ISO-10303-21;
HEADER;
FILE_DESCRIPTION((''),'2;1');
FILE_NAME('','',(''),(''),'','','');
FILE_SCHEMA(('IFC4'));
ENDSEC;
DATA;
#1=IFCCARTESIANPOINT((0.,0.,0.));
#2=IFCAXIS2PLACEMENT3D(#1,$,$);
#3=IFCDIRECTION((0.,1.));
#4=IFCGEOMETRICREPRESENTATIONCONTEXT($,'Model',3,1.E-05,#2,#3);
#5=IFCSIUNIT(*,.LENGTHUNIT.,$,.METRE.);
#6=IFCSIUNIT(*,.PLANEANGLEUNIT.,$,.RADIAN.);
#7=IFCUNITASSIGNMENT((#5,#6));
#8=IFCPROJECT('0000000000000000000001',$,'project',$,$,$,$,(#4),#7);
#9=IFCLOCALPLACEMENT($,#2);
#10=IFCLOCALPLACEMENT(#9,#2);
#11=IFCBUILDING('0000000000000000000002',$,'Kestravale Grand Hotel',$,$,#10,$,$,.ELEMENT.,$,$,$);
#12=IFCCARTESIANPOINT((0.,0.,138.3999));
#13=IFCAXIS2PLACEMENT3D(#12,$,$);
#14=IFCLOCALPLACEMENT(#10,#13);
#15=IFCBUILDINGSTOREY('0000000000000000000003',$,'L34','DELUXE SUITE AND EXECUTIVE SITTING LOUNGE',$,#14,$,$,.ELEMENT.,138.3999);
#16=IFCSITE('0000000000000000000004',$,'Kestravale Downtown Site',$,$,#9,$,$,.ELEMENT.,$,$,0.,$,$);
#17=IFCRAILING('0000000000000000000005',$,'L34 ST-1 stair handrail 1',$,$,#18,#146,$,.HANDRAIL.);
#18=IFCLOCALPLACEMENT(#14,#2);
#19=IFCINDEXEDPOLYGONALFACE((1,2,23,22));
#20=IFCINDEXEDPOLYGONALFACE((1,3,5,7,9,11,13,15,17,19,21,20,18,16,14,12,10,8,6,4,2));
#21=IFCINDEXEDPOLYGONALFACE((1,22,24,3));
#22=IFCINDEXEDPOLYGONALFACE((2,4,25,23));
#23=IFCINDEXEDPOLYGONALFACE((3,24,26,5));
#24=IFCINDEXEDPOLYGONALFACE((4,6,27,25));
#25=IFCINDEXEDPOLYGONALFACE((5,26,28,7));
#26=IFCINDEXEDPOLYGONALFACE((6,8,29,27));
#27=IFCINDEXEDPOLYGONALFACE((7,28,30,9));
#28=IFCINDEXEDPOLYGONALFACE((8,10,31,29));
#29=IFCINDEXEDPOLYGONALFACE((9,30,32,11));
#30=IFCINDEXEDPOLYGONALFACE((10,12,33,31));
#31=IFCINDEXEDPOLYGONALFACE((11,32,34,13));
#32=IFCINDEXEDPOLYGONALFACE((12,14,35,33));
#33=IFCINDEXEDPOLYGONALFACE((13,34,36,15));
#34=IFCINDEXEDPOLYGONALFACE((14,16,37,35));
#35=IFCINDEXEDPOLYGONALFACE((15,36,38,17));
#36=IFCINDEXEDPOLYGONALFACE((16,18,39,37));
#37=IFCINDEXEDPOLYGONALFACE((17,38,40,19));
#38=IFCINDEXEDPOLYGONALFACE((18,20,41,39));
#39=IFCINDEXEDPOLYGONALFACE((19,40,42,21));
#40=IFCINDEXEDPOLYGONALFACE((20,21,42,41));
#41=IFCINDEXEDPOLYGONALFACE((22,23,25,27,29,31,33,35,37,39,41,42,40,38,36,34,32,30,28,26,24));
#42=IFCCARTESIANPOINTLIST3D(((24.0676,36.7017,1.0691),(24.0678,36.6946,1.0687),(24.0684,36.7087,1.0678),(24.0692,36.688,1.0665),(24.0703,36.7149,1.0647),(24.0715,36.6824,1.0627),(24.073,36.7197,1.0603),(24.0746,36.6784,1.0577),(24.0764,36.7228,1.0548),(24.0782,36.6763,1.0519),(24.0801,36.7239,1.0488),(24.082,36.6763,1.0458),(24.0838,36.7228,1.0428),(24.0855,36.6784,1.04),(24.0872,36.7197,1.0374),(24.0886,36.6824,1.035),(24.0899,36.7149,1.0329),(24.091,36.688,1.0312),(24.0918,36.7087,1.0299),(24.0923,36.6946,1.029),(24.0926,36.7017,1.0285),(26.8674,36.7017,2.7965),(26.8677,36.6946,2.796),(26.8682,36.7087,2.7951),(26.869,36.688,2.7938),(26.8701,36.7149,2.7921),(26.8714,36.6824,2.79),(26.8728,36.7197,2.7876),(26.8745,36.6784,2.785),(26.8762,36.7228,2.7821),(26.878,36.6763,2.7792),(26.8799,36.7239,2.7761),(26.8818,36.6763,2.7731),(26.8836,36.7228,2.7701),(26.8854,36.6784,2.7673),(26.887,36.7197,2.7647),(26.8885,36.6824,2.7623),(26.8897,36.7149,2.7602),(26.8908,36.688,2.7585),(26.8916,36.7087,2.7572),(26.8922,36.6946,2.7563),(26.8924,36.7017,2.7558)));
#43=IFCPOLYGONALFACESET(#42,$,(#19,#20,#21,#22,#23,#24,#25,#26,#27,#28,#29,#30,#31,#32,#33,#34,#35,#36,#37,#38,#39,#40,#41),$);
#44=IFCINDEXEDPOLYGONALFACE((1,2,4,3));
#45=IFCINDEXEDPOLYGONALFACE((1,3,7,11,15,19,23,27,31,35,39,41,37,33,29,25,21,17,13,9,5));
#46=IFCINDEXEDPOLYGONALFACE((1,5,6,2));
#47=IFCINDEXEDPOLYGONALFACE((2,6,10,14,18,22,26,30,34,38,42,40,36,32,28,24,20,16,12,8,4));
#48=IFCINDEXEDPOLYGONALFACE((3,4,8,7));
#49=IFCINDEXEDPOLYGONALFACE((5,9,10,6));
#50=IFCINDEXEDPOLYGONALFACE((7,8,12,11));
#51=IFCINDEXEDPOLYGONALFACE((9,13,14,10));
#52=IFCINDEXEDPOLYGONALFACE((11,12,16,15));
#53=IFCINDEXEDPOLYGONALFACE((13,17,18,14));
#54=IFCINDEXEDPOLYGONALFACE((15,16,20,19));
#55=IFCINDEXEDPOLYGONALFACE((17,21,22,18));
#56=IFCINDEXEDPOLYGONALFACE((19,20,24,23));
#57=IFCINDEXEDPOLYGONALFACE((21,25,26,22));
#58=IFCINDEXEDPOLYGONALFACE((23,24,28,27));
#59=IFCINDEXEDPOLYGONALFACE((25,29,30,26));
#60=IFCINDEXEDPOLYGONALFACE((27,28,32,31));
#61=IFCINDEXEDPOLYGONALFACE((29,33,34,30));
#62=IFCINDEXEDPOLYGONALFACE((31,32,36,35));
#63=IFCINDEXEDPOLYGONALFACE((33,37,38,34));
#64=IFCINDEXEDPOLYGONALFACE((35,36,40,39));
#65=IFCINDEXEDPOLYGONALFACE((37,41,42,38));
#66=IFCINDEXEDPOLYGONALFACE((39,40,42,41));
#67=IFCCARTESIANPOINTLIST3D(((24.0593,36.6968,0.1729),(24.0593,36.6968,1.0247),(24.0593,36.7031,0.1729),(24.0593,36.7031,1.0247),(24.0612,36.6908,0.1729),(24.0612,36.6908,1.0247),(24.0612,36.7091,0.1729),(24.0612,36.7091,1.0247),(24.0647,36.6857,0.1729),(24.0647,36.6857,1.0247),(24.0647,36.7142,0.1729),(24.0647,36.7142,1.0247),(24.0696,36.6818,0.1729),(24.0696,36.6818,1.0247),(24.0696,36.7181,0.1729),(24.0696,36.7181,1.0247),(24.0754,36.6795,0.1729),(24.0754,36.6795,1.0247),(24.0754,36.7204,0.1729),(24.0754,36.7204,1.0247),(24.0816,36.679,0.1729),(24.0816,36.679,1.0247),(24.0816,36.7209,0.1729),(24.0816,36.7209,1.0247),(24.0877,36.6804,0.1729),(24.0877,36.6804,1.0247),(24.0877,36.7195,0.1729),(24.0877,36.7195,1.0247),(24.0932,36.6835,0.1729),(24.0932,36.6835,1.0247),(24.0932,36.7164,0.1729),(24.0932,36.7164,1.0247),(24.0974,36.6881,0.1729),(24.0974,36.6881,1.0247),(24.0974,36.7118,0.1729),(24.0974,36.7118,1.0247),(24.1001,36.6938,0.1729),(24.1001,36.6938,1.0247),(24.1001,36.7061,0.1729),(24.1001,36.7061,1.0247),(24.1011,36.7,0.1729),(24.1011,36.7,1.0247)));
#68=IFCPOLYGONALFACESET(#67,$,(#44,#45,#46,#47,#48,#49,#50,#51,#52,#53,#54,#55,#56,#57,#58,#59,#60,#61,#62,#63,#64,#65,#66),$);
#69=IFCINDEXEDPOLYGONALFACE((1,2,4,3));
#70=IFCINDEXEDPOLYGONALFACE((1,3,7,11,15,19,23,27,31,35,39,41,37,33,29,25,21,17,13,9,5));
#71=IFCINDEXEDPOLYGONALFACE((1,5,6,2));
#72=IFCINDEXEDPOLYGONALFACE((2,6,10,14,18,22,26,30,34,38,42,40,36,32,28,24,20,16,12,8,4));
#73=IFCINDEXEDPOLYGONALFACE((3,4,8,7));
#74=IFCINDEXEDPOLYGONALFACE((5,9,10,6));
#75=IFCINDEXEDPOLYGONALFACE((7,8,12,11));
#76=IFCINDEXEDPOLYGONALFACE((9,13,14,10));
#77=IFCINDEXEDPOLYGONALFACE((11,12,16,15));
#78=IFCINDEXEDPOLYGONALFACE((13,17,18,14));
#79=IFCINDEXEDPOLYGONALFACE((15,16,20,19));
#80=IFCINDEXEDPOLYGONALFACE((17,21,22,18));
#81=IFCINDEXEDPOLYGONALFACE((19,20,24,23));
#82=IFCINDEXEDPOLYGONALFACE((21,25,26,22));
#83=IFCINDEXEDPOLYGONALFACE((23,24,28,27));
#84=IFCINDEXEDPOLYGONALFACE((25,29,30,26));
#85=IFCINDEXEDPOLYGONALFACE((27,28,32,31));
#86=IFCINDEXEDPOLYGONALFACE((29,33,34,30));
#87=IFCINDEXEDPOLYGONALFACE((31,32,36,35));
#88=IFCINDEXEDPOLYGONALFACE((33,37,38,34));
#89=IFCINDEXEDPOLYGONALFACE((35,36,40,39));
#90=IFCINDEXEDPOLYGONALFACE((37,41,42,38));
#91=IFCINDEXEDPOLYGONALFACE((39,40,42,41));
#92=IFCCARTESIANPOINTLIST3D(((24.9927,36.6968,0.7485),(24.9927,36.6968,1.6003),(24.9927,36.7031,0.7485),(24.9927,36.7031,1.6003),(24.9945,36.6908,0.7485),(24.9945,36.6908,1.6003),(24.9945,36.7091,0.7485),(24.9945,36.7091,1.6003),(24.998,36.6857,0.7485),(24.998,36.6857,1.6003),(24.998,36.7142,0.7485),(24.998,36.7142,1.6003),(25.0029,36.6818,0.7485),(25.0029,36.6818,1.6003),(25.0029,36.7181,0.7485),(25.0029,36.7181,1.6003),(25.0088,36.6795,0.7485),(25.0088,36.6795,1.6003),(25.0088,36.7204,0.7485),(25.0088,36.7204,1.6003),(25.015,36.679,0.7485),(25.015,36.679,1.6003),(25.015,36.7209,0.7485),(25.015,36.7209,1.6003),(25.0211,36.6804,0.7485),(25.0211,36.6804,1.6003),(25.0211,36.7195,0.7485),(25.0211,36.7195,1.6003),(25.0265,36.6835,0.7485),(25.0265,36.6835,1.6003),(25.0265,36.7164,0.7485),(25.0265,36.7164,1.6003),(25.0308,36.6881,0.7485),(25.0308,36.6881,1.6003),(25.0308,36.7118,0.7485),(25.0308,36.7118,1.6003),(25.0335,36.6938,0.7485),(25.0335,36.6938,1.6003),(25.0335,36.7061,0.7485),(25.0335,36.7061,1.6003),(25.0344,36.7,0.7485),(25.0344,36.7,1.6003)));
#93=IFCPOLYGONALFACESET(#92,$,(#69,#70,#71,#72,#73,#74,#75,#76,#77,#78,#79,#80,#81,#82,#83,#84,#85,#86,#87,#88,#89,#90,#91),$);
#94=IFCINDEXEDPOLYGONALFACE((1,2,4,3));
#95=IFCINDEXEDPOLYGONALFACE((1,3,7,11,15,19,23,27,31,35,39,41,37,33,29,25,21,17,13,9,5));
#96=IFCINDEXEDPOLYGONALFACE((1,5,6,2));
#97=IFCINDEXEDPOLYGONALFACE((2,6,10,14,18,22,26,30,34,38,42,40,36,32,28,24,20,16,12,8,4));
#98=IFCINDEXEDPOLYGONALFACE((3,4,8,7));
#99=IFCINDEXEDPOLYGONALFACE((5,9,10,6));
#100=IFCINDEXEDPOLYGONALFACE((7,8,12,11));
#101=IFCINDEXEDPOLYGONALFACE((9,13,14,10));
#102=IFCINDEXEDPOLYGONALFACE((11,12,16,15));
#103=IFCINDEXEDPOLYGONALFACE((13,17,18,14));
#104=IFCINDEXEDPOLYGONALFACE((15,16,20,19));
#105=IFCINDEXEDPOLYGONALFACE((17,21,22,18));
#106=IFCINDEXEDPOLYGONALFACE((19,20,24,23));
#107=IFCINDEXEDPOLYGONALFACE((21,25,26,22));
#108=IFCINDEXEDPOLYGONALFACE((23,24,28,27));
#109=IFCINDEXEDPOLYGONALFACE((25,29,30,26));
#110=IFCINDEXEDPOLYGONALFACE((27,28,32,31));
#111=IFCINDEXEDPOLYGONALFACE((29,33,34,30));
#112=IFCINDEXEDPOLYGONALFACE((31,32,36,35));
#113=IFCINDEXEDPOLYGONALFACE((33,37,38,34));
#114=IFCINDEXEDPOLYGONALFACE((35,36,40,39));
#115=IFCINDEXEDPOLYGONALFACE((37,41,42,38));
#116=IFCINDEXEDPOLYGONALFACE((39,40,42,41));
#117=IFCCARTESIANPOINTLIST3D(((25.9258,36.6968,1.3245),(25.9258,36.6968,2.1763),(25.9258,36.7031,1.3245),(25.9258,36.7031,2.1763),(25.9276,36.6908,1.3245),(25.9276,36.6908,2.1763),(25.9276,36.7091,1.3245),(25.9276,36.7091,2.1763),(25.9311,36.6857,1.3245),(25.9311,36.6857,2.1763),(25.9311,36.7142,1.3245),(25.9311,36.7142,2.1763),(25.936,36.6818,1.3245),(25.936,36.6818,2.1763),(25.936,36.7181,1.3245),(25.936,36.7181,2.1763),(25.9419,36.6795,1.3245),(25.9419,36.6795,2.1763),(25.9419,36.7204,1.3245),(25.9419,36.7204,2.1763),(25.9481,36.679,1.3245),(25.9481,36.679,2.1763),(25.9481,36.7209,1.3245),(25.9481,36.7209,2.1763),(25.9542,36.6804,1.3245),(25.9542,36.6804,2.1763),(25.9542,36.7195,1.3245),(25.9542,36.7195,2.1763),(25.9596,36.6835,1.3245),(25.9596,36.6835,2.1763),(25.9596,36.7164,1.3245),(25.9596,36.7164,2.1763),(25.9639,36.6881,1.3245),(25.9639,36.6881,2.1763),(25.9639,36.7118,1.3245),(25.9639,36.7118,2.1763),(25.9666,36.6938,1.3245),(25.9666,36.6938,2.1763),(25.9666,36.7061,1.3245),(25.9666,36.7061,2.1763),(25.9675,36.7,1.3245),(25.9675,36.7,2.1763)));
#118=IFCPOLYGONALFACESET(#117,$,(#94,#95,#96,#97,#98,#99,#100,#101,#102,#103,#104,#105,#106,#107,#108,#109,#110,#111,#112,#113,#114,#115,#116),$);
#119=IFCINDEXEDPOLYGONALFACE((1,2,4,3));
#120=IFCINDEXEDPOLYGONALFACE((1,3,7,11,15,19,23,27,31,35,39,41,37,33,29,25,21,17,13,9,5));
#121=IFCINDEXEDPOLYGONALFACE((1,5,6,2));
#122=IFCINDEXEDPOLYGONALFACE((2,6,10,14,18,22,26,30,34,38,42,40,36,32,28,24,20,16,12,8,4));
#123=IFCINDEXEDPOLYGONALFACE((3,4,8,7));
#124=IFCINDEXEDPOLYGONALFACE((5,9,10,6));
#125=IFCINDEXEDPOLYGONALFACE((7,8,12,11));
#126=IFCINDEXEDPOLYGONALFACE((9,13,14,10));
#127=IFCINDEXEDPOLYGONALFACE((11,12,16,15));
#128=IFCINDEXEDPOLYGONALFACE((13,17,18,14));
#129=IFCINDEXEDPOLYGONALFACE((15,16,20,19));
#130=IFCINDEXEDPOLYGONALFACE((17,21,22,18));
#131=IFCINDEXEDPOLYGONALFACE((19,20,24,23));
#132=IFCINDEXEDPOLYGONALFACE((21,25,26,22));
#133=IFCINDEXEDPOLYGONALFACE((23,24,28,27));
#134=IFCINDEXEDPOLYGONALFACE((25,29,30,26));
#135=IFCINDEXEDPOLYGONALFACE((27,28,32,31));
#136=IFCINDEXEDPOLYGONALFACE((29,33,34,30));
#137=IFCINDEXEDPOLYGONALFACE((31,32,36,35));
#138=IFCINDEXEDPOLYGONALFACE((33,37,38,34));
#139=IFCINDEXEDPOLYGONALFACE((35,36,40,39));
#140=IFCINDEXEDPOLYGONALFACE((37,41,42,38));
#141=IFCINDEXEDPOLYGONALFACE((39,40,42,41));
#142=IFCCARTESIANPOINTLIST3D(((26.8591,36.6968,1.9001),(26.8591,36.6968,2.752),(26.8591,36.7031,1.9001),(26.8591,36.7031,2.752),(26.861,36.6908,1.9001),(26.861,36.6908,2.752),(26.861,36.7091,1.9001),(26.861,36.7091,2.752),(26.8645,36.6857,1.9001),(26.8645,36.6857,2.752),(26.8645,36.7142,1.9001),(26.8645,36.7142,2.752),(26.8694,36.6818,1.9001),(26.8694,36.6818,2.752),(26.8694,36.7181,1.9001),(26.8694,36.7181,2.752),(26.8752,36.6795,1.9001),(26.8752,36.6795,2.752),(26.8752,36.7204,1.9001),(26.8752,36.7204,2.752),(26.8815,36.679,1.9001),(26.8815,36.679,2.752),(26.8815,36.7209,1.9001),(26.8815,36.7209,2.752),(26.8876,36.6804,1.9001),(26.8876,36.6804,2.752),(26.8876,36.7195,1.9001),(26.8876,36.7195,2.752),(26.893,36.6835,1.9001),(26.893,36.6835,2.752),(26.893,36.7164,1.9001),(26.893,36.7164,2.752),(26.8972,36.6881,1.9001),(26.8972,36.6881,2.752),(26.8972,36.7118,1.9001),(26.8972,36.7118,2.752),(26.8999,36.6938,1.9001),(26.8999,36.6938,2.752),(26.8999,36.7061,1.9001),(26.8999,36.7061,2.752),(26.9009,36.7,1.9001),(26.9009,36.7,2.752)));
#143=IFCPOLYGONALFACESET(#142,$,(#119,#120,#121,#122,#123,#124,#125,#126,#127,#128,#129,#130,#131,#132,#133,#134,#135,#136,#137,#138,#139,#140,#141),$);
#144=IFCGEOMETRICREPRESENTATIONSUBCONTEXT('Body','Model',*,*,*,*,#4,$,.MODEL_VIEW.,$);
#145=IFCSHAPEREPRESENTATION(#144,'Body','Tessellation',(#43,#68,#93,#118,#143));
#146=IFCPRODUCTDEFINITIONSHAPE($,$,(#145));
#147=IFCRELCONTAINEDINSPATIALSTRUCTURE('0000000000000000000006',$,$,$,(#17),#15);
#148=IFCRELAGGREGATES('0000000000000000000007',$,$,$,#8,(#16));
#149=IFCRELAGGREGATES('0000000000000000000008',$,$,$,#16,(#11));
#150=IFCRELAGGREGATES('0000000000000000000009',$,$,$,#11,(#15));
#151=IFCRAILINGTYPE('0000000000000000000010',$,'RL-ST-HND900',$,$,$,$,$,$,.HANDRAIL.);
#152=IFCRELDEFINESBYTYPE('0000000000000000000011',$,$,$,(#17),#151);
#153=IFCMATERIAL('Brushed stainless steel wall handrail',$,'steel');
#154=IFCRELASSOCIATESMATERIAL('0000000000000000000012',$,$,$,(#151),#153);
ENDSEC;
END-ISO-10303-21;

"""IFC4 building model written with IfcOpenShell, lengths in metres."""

from ifc_helpers import new_model, si_unit, direction, frame, origin, origin_2d, place, context, subcontext, project, spatial, circle, extrude, material, type_object, element, save


model = new_model("IFC4")

# Units and contexts
model_context = context("Model", 3, precision=1e-05, world=origin(), true_north=direction((0.0, 1.0)))
body_context = subcontext(model_context, "Body", "Model", "MODEL_VIEW")
ifc_project = project(units=[si_unit("LENGTHUNIT", "METRE"), si_unit("PLANEANGLEUNIT", "RADIAN")], contexts=[model_context])

# Site, building, storey
site_placement = place(None, origin())
site = spatial("IfcSite", under=ifc_project, at=site_placement, Name="Kestravale Downtown Site", CompositionType="ELEMENT", RefElevation=0.0)
building_placement = place(site_placement, origin())
building = spatial("IfcBuilding", under=site, at=building_placement, Name="Kestravale Grand Hotel", CompositionType="ELEMENT")
storey_placement = place(building_placement, frame((0.0, 0.0, 138.3999)))
storey = spatial("IfcBuildingStorey", under=building, at=storey_placement, Name="L34", Description="DELUXE SUITE AND EXECUTIVE SITTING LOUNGE", CompositionType="ELEMENT", Elevation=138.3999)

# Railing
ifc_material_1 = material(Name="Brushed stainless steel wall handrail", Category="steel")
railing_type_1 = type_object("IfcRailingType", Name="RL-ST-HND900", PredefinedType="HANDRAIL", material=ifc_material_1)
railing_1_placement = place(storey_placement, frame((24.0801, 36.7, 0.1729)))
element("IfcRailing", 1, at=railing_1_placement, inside=storey, type_object=railing_type_1, Name="L34 ST-1 stair handrail 1", PredefinedType="HANDRAIL", context=body_context, shape_type="SweptSolid", body=[
    extrude(circle(Radius=0.0239, at=origin_2d()), frame((0.0, 0.0, 0.876), z_axis=(0.851069, 0.0, 0.525054), x_axis=(0.0, 1.0, 0.0)), (0.0, 0.0, 1.0), 3.2898),
    extrude(circle(Radius=0.021, at=origin_2d()), origin(), (0.0, 0.0, 1.0), 0.8518),
    extrude(circle(Radius=0.021, at=origin_2d()), frame((0.9333, 0.0, 0.5757)), (0.0, 0.0, 1.0), 0.8518),
    extrude(circle(Radius=0.021, at=origin_2d()), frame((1.8665, 0.0, 1.1516)), (0.0, 0.0, 1.0), 0.8518),
    extrude(circle(Radius=0.021, at=origin_2d()), frame((2.7998, 0.0, 1.7273)), (0.0, 0.0, 1.0), 0.8518),
])

save(model, "model.ifc")
